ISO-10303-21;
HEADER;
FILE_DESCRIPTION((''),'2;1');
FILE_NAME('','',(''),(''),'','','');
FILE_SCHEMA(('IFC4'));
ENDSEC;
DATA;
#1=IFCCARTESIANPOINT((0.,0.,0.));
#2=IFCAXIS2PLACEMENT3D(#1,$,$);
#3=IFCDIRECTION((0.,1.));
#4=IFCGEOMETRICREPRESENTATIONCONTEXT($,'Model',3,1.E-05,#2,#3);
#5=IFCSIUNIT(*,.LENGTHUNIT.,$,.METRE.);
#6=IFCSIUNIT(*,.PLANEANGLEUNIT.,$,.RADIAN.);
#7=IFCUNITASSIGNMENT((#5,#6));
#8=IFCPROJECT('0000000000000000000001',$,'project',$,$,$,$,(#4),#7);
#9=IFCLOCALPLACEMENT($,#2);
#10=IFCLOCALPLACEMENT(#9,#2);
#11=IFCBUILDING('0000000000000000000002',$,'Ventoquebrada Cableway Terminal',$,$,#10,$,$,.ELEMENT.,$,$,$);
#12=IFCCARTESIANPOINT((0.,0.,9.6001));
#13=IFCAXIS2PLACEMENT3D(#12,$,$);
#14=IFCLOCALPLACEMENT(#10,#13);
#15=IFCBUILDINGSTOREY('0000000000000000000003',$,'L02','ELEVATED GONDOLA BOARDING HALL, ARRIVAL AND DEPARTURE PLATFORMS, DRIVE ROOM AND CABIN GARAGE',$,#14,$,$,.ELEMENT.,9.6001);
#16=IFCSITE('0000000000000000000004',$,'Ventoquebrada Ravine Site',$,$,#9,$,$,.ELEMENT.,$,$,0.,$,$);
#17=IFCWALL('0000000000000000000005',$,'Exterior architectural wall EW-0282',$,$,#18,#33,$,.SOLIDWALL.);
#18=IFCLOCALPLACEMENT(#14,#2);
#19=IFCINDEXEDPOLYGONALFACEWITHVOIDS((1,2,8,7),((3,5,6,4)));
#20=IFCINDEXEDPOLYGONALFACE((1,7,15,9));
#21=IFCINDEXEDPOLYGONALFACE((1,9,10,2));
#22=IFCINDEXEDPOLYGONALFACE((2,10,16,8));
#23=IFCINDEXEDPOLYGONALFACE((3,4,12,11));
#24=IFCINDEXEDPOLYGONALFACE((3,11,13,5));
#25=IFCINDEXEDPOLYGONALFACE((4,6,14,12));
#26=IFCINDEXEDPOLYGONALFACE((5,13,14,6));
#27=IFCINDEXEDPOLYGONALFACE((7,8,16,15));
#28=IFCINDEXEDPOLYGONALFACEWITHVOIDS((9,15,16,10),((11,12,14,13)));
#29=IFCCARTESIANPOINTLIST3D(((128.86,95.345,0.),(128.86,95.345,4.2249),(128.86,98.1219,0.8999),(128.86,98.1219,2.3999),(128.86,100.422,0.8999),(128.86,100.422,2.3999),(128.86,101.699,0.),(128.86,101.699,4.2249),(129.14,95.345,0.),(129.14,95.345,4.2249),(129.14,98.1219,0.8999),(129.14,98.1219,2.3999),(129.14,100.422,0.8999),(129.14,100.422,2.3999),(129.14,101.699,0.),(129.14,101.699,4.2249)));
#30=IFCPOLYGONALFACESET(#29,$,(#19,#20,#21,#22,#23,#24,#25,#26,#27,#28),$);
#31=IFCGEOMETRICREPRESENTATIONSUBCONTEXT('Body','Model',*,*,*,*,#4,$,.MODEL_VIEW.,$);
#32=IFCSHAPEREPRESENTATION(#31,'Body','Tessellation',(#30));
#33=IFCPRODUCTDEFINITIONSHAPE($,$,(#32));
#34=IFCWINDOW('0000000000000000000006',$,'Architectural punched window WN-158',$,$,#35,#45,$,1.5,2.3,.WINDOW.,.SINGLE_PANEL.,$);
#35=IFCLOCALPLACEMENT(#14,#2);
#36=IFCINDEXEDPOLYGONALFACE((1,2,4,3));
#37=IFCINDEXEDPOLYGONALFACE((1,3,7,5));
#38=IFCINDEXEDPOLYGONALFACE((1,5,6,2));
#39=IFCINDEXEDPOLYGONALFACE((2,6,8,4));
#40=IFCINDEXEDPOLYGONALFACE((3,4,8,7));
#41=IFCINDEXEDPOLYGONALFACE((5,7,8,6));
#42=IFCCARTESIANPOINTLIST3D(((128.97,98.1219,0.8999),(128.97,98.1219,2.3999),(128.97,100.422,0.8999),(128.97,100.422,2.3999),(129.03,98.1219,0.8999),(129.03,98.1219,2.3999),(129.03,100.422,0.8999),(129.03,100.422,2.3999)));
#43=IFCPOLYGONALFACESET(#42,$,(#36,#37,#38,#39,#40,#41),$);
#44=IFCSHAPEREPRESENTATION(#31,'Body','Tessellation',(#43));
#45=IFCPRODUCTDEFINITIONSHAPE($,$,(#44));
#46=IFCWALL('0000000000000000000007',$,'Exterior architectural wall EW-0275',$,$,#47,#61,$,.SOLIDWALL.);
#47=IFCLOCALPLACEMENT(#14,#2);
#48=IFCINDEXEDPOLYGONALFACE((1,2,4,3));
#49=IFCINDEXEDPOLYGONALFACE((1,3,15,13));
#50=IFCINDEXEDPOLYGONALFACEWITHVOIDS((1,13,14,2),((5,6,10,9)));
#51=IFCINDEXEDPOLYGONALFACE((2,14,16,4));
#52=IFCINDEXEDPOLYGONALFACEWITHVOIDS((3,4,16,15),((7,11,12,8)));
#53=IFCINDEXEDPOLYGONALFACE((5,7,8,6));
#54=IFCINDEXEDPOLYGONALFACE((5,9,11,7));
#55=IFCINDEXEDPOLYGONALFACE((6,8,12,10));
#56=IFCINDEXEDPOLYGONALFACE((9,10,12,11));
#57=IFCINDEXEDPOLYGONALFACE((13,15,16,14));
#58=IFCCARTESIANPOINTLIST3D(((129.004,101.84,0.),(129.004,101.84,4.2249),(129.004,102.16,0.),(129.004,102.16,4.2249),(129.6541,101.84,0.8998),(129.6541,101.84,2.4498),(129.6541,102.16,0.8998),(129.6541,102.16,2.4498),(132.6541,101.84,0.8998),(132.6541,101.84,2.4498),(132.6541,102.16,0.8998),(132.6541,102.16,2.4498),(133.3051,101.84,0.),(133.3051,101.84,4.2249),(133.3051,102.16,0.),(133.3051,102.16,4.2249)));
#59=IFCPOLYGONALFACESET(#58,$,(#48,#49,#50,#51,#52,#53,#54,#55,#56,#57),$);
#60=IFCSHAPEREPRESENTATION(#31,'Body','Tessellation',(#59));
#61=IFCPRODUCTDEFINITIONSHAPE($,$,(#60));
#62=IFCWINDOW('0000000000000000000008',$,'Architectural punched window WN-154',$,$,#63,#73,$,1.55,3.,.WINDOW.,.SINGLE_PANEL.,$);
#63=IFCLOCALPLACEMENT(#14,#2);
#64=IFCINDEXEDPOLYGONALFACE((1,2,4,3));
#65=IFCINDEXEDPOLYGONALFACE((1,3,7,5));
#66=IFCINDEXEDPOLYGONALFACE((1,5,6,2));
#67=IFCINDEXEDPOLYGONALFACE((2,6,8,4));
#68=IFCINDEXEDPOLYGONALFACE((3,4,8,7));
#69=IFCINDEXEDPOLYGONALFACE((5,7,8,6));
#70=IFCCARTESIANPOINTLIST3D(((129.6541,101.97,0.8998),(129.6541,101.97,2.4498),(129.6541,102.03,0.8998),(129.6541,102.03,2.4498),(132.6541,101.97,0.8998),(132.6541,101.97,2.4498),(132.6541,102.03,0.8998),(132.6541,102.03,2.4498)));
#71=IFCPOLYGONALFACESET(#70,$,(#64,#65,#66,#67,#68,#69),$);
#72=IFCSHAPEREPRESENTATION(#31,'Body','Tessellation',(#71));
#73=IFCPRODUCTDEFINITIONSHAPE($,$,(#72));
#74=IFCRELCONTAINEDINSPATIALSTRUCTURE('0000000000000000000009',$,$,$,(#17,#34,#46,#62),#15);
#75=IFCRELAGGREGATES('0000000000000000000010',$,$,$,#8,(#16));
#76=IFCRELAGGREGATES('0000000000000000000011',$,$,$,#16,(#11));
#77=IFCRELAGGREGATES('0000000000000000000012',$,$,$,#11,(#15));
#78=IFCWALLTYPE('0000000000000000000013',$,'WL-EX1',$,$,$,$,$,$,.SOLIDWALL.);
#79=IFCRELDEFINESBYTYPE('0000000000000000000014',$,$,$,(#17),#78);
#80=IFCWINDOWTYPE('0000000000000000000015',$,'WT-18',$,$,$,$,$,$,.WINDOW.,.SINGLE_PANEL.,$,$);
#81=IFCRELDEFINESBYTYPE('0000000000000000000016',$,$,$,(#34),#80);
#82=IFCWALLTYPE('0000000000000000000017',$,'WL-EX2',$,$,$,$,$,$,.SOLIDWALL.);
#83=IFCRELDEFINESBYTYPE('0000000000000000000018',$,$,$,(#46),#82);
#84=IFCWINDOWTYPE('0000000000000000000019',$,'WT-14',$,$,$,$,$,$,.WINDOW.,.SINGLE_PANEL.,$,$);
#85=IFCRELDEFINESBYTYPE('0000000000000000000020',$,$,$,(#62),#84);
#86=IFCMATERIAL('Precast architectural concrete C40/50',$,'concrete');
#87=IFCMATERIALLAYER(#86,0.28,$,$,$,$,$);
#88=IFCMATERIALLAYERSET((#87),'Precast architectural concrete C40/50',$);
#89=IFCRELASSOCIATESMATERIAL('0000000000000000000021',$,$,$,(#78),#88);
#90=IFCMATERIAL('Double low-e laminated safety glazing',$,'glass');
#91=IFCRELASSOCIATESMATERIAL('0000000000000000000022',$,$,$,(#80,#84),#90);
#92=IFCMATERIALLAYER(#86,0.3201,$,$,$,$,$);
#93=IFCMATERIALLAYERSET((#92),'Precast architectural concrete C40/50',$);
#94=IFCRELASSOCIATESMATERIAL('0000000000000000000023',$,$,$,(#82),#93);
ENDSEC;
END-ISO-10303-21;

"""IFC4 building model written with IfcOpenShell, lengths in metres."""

from ifc_helpers import new_model, si_unit, direction, frame, frame_2d, origin, place, context, subcontext, project, spatial, rectangle, extrude, material, layer, layer_set, type_object, element, fill, save


model = new_model("IFC4")

# Units and contexts
model_context = context("Model", 3, precision=1e-05, world=origin(), true_north=direction((0.0, 1.0)))
body_context = subcontext(model_context, "Body", "Model", "MODEL_VIEW")
ifc_project = project(units=[si_unit("LENGTHUNIT", "METRE"), si_unit("PLANEANGLEUNIT", "RADIAN")], contexts=[model_context])

# Site, building, storey
site_placement = place(None, origin())
site = spatial("IfcSite", under=ifc_project, at=site_placement, Name="Ventoquebrada Ravine Site", CompositionType="ELEMENT", RefElevation=0.0)
building_placement = place(site_placement, origin())
building = spatial("IfcBuilding", under=site, at=building_placement, Name="Ventoquebrada Cableway Terminal", CompositionType="ELEMENT")
storey_placement = place(building_placement, frame((0.0, 0.0, 9.6001)))
storey = spatial("IfcBuildingStorey", under=building, at=storey_placement, Name="L02", Description="ELEVATED GONDOLA BOARDING HALL, ARRIVAL AND DEPARTURE PLATFORMS, DRIVE ROOM AND CABIN GARAGE", CompositionType="ELEMENT", Elevation=9.6001)

# Shared definitions
ifc_material_1 = material(Name="Double low-e laminated safety glazing", Category="glass")

# Walls, openings, windows
ifc_material_2 = material(Name="Precast architectural concrete C40/50", Category="concrete")
ifc_layer_1 = layer(ifc_material_2, 0.28)
ifc_layer_set_1 = layer_set([ifc_layer_1], Name="Precast architectural concrete C40/50")
wall_type_1 = type_object("IfcWallType", Name="WL-EX1", PredefinedType="SOLIDWALL", material=ifc_layer_set_1)
wall_1_placement = place(storey_placement, frame((129.0, 101.699, 0.0), z_axis=(0.0, 0.0, 1.0), x_axis=(0.0, -1.0, 0.0)))
wall_1 = element("IfcWall", 1, at=wall_1_placement, inside=storey, type_object=wall_type_1, Name="Exterior architectural wall EW-0282", PredefinedType="SOLIDWALL", context=body_context, shape_type="SweptSolid", body=[
    extrude(rectangle(XDim=6.354, YDim=0.28, at=frame_2d((3.177, 0.0))), origin(), (0.0, 0.0, 1.0), 4.2249),
])
opening_1_placement = place(wall_1_placement, frame((1.2771, 0.0, 0.8999)))
opening_1 = element("IfcOpeningElement", 2, at=opening_1_placement, cuts=wall_1, PredefinedType="OPENING", context=body_context, shape_type="SweptSolid", body=[
    extrude(rectangle(XDim=2.3, YDim=1.5, at=frame_2d((1.1499, 0.75))), frame((0.0, 0.1499, 0.0), z_axis=(0.0, -1.0, 0.0), x_axis=(1.0, 0.0, 0.0)), (0.0, 0.0, 1.0), 0.3),
])
window_type_1 = type_object("IfcWindowType", Name="WT-18", PartitioningType="SINGLE_PANEL", PredefinedType="WINDOW", material=ifc_material_1)
window_1_placement = place(opening_1_placement, origin())
window_1 = element("IfcWindow", 3, at=window_1_placement, inside=storey, type_object=window_type_1, Name="Architectural punched window WN-158", OverallHeight=1.5, OverallWidth=2.3, PartitioningType="SINGLE_PANEL", PredefinedType="WINDOW", context=body_context, shape_type="SweptSolid", body=[
    extrude(rectangle(XDim=2.3, YDim=1.5, at=frame_2d((1.1499, 0.75))), frame((0.0, 0.03, 0.0), z_axis=(0.0, -1.0, 0.0), x_axis=(1.0, 0.0, 0.0)), (0.0, 0.0, 1.0), 0.0601),
])
fill(opening_1, window_1)
ifc_layer_2 = layer(ifc_material_2, 0.3201)
ifc_layer_set_2 = layer_set([ifc_layer_2], Name="Precast architectural concrete C40/50")
wall_type_2 = type_object("IfcWallType", Name="WL-EX2", PredefinedType="SOLIDWALL", material=ifc_layer_set_2)
wall_2_placement = place(storey_placement, frame((133.3049, 102.0, 0.0), z_axis=(0.0, 0.0, 1.0), x_axis=(-1.0, 0.0, 0.0)))
wall_2 = element("IfcWall", 4, at=wall_2_placement, inside=storey, type_object=wall_type_2, Name="Exterior architectural wall EW-0275", PredefinedType="SOLIDWALL", context=body_context, shape_type="SweptSolid", body=[
    extrude(rectangle(XDim=4.301, YDim=0.3201, at=frame_2d((2.1504, 0.0))), origin(), (0.0, 0.0, 1.0), 4.2249),
])
opening_2_placement = place(wall_2_placement, frame((0.6509, 0.0, 0.8999)))
opening_2 = element("IfcOpeningElement", 5, at=opening_2_placement, cuts=wall_2, PredefinedType="OPENING", context=body_context, shape_type="SweptSolid", body=[
    extrude(rectangle(XDim=3.0, YDim=1.55, at=frame_2d((1.5, 0.7749))), frame((0.0, 0.1699, 0.0), z_axis=(0.0, -1.0, 0.0), x_axis=(1.0, 0.0, 0.0)), (0.0, 0.0, 1.0), 0.3401),
])
window_type_2 = type_object("IfcWindowType", Name="WT-14", PartitioningType="SINGLE_PANEL", PredefinedType="WINDOW", material=ifc_material_1)
window_2_placement = place(opening_2_placement, origin())
window_2 = element("IfcWindow", 6, at=window_2_placement, inside=storey, type_object=window_type_2, Name="Architectural punched window WN-154", OverallHeight=1.55, OverallWidth=3.0, PartitioningType="SINGLE_PANEL", PredefinedType="WINDOW", context=body_context, shape_type="SweptSolid", body=[
    extrude(rectangle(XDim=3.0, YDim=1.55, at=frame_2d((1.5, 0.7749))), frame((0.0, 0.03, 0.0), z_axis=(0.0, -1.0, 0.0), x_axis=(1.0, 0.0, 0.0)), (0.0, 0.0, 1.0), 0.0601),
])
fill(opening_2, window_2)

save(model, "model.ifc")
